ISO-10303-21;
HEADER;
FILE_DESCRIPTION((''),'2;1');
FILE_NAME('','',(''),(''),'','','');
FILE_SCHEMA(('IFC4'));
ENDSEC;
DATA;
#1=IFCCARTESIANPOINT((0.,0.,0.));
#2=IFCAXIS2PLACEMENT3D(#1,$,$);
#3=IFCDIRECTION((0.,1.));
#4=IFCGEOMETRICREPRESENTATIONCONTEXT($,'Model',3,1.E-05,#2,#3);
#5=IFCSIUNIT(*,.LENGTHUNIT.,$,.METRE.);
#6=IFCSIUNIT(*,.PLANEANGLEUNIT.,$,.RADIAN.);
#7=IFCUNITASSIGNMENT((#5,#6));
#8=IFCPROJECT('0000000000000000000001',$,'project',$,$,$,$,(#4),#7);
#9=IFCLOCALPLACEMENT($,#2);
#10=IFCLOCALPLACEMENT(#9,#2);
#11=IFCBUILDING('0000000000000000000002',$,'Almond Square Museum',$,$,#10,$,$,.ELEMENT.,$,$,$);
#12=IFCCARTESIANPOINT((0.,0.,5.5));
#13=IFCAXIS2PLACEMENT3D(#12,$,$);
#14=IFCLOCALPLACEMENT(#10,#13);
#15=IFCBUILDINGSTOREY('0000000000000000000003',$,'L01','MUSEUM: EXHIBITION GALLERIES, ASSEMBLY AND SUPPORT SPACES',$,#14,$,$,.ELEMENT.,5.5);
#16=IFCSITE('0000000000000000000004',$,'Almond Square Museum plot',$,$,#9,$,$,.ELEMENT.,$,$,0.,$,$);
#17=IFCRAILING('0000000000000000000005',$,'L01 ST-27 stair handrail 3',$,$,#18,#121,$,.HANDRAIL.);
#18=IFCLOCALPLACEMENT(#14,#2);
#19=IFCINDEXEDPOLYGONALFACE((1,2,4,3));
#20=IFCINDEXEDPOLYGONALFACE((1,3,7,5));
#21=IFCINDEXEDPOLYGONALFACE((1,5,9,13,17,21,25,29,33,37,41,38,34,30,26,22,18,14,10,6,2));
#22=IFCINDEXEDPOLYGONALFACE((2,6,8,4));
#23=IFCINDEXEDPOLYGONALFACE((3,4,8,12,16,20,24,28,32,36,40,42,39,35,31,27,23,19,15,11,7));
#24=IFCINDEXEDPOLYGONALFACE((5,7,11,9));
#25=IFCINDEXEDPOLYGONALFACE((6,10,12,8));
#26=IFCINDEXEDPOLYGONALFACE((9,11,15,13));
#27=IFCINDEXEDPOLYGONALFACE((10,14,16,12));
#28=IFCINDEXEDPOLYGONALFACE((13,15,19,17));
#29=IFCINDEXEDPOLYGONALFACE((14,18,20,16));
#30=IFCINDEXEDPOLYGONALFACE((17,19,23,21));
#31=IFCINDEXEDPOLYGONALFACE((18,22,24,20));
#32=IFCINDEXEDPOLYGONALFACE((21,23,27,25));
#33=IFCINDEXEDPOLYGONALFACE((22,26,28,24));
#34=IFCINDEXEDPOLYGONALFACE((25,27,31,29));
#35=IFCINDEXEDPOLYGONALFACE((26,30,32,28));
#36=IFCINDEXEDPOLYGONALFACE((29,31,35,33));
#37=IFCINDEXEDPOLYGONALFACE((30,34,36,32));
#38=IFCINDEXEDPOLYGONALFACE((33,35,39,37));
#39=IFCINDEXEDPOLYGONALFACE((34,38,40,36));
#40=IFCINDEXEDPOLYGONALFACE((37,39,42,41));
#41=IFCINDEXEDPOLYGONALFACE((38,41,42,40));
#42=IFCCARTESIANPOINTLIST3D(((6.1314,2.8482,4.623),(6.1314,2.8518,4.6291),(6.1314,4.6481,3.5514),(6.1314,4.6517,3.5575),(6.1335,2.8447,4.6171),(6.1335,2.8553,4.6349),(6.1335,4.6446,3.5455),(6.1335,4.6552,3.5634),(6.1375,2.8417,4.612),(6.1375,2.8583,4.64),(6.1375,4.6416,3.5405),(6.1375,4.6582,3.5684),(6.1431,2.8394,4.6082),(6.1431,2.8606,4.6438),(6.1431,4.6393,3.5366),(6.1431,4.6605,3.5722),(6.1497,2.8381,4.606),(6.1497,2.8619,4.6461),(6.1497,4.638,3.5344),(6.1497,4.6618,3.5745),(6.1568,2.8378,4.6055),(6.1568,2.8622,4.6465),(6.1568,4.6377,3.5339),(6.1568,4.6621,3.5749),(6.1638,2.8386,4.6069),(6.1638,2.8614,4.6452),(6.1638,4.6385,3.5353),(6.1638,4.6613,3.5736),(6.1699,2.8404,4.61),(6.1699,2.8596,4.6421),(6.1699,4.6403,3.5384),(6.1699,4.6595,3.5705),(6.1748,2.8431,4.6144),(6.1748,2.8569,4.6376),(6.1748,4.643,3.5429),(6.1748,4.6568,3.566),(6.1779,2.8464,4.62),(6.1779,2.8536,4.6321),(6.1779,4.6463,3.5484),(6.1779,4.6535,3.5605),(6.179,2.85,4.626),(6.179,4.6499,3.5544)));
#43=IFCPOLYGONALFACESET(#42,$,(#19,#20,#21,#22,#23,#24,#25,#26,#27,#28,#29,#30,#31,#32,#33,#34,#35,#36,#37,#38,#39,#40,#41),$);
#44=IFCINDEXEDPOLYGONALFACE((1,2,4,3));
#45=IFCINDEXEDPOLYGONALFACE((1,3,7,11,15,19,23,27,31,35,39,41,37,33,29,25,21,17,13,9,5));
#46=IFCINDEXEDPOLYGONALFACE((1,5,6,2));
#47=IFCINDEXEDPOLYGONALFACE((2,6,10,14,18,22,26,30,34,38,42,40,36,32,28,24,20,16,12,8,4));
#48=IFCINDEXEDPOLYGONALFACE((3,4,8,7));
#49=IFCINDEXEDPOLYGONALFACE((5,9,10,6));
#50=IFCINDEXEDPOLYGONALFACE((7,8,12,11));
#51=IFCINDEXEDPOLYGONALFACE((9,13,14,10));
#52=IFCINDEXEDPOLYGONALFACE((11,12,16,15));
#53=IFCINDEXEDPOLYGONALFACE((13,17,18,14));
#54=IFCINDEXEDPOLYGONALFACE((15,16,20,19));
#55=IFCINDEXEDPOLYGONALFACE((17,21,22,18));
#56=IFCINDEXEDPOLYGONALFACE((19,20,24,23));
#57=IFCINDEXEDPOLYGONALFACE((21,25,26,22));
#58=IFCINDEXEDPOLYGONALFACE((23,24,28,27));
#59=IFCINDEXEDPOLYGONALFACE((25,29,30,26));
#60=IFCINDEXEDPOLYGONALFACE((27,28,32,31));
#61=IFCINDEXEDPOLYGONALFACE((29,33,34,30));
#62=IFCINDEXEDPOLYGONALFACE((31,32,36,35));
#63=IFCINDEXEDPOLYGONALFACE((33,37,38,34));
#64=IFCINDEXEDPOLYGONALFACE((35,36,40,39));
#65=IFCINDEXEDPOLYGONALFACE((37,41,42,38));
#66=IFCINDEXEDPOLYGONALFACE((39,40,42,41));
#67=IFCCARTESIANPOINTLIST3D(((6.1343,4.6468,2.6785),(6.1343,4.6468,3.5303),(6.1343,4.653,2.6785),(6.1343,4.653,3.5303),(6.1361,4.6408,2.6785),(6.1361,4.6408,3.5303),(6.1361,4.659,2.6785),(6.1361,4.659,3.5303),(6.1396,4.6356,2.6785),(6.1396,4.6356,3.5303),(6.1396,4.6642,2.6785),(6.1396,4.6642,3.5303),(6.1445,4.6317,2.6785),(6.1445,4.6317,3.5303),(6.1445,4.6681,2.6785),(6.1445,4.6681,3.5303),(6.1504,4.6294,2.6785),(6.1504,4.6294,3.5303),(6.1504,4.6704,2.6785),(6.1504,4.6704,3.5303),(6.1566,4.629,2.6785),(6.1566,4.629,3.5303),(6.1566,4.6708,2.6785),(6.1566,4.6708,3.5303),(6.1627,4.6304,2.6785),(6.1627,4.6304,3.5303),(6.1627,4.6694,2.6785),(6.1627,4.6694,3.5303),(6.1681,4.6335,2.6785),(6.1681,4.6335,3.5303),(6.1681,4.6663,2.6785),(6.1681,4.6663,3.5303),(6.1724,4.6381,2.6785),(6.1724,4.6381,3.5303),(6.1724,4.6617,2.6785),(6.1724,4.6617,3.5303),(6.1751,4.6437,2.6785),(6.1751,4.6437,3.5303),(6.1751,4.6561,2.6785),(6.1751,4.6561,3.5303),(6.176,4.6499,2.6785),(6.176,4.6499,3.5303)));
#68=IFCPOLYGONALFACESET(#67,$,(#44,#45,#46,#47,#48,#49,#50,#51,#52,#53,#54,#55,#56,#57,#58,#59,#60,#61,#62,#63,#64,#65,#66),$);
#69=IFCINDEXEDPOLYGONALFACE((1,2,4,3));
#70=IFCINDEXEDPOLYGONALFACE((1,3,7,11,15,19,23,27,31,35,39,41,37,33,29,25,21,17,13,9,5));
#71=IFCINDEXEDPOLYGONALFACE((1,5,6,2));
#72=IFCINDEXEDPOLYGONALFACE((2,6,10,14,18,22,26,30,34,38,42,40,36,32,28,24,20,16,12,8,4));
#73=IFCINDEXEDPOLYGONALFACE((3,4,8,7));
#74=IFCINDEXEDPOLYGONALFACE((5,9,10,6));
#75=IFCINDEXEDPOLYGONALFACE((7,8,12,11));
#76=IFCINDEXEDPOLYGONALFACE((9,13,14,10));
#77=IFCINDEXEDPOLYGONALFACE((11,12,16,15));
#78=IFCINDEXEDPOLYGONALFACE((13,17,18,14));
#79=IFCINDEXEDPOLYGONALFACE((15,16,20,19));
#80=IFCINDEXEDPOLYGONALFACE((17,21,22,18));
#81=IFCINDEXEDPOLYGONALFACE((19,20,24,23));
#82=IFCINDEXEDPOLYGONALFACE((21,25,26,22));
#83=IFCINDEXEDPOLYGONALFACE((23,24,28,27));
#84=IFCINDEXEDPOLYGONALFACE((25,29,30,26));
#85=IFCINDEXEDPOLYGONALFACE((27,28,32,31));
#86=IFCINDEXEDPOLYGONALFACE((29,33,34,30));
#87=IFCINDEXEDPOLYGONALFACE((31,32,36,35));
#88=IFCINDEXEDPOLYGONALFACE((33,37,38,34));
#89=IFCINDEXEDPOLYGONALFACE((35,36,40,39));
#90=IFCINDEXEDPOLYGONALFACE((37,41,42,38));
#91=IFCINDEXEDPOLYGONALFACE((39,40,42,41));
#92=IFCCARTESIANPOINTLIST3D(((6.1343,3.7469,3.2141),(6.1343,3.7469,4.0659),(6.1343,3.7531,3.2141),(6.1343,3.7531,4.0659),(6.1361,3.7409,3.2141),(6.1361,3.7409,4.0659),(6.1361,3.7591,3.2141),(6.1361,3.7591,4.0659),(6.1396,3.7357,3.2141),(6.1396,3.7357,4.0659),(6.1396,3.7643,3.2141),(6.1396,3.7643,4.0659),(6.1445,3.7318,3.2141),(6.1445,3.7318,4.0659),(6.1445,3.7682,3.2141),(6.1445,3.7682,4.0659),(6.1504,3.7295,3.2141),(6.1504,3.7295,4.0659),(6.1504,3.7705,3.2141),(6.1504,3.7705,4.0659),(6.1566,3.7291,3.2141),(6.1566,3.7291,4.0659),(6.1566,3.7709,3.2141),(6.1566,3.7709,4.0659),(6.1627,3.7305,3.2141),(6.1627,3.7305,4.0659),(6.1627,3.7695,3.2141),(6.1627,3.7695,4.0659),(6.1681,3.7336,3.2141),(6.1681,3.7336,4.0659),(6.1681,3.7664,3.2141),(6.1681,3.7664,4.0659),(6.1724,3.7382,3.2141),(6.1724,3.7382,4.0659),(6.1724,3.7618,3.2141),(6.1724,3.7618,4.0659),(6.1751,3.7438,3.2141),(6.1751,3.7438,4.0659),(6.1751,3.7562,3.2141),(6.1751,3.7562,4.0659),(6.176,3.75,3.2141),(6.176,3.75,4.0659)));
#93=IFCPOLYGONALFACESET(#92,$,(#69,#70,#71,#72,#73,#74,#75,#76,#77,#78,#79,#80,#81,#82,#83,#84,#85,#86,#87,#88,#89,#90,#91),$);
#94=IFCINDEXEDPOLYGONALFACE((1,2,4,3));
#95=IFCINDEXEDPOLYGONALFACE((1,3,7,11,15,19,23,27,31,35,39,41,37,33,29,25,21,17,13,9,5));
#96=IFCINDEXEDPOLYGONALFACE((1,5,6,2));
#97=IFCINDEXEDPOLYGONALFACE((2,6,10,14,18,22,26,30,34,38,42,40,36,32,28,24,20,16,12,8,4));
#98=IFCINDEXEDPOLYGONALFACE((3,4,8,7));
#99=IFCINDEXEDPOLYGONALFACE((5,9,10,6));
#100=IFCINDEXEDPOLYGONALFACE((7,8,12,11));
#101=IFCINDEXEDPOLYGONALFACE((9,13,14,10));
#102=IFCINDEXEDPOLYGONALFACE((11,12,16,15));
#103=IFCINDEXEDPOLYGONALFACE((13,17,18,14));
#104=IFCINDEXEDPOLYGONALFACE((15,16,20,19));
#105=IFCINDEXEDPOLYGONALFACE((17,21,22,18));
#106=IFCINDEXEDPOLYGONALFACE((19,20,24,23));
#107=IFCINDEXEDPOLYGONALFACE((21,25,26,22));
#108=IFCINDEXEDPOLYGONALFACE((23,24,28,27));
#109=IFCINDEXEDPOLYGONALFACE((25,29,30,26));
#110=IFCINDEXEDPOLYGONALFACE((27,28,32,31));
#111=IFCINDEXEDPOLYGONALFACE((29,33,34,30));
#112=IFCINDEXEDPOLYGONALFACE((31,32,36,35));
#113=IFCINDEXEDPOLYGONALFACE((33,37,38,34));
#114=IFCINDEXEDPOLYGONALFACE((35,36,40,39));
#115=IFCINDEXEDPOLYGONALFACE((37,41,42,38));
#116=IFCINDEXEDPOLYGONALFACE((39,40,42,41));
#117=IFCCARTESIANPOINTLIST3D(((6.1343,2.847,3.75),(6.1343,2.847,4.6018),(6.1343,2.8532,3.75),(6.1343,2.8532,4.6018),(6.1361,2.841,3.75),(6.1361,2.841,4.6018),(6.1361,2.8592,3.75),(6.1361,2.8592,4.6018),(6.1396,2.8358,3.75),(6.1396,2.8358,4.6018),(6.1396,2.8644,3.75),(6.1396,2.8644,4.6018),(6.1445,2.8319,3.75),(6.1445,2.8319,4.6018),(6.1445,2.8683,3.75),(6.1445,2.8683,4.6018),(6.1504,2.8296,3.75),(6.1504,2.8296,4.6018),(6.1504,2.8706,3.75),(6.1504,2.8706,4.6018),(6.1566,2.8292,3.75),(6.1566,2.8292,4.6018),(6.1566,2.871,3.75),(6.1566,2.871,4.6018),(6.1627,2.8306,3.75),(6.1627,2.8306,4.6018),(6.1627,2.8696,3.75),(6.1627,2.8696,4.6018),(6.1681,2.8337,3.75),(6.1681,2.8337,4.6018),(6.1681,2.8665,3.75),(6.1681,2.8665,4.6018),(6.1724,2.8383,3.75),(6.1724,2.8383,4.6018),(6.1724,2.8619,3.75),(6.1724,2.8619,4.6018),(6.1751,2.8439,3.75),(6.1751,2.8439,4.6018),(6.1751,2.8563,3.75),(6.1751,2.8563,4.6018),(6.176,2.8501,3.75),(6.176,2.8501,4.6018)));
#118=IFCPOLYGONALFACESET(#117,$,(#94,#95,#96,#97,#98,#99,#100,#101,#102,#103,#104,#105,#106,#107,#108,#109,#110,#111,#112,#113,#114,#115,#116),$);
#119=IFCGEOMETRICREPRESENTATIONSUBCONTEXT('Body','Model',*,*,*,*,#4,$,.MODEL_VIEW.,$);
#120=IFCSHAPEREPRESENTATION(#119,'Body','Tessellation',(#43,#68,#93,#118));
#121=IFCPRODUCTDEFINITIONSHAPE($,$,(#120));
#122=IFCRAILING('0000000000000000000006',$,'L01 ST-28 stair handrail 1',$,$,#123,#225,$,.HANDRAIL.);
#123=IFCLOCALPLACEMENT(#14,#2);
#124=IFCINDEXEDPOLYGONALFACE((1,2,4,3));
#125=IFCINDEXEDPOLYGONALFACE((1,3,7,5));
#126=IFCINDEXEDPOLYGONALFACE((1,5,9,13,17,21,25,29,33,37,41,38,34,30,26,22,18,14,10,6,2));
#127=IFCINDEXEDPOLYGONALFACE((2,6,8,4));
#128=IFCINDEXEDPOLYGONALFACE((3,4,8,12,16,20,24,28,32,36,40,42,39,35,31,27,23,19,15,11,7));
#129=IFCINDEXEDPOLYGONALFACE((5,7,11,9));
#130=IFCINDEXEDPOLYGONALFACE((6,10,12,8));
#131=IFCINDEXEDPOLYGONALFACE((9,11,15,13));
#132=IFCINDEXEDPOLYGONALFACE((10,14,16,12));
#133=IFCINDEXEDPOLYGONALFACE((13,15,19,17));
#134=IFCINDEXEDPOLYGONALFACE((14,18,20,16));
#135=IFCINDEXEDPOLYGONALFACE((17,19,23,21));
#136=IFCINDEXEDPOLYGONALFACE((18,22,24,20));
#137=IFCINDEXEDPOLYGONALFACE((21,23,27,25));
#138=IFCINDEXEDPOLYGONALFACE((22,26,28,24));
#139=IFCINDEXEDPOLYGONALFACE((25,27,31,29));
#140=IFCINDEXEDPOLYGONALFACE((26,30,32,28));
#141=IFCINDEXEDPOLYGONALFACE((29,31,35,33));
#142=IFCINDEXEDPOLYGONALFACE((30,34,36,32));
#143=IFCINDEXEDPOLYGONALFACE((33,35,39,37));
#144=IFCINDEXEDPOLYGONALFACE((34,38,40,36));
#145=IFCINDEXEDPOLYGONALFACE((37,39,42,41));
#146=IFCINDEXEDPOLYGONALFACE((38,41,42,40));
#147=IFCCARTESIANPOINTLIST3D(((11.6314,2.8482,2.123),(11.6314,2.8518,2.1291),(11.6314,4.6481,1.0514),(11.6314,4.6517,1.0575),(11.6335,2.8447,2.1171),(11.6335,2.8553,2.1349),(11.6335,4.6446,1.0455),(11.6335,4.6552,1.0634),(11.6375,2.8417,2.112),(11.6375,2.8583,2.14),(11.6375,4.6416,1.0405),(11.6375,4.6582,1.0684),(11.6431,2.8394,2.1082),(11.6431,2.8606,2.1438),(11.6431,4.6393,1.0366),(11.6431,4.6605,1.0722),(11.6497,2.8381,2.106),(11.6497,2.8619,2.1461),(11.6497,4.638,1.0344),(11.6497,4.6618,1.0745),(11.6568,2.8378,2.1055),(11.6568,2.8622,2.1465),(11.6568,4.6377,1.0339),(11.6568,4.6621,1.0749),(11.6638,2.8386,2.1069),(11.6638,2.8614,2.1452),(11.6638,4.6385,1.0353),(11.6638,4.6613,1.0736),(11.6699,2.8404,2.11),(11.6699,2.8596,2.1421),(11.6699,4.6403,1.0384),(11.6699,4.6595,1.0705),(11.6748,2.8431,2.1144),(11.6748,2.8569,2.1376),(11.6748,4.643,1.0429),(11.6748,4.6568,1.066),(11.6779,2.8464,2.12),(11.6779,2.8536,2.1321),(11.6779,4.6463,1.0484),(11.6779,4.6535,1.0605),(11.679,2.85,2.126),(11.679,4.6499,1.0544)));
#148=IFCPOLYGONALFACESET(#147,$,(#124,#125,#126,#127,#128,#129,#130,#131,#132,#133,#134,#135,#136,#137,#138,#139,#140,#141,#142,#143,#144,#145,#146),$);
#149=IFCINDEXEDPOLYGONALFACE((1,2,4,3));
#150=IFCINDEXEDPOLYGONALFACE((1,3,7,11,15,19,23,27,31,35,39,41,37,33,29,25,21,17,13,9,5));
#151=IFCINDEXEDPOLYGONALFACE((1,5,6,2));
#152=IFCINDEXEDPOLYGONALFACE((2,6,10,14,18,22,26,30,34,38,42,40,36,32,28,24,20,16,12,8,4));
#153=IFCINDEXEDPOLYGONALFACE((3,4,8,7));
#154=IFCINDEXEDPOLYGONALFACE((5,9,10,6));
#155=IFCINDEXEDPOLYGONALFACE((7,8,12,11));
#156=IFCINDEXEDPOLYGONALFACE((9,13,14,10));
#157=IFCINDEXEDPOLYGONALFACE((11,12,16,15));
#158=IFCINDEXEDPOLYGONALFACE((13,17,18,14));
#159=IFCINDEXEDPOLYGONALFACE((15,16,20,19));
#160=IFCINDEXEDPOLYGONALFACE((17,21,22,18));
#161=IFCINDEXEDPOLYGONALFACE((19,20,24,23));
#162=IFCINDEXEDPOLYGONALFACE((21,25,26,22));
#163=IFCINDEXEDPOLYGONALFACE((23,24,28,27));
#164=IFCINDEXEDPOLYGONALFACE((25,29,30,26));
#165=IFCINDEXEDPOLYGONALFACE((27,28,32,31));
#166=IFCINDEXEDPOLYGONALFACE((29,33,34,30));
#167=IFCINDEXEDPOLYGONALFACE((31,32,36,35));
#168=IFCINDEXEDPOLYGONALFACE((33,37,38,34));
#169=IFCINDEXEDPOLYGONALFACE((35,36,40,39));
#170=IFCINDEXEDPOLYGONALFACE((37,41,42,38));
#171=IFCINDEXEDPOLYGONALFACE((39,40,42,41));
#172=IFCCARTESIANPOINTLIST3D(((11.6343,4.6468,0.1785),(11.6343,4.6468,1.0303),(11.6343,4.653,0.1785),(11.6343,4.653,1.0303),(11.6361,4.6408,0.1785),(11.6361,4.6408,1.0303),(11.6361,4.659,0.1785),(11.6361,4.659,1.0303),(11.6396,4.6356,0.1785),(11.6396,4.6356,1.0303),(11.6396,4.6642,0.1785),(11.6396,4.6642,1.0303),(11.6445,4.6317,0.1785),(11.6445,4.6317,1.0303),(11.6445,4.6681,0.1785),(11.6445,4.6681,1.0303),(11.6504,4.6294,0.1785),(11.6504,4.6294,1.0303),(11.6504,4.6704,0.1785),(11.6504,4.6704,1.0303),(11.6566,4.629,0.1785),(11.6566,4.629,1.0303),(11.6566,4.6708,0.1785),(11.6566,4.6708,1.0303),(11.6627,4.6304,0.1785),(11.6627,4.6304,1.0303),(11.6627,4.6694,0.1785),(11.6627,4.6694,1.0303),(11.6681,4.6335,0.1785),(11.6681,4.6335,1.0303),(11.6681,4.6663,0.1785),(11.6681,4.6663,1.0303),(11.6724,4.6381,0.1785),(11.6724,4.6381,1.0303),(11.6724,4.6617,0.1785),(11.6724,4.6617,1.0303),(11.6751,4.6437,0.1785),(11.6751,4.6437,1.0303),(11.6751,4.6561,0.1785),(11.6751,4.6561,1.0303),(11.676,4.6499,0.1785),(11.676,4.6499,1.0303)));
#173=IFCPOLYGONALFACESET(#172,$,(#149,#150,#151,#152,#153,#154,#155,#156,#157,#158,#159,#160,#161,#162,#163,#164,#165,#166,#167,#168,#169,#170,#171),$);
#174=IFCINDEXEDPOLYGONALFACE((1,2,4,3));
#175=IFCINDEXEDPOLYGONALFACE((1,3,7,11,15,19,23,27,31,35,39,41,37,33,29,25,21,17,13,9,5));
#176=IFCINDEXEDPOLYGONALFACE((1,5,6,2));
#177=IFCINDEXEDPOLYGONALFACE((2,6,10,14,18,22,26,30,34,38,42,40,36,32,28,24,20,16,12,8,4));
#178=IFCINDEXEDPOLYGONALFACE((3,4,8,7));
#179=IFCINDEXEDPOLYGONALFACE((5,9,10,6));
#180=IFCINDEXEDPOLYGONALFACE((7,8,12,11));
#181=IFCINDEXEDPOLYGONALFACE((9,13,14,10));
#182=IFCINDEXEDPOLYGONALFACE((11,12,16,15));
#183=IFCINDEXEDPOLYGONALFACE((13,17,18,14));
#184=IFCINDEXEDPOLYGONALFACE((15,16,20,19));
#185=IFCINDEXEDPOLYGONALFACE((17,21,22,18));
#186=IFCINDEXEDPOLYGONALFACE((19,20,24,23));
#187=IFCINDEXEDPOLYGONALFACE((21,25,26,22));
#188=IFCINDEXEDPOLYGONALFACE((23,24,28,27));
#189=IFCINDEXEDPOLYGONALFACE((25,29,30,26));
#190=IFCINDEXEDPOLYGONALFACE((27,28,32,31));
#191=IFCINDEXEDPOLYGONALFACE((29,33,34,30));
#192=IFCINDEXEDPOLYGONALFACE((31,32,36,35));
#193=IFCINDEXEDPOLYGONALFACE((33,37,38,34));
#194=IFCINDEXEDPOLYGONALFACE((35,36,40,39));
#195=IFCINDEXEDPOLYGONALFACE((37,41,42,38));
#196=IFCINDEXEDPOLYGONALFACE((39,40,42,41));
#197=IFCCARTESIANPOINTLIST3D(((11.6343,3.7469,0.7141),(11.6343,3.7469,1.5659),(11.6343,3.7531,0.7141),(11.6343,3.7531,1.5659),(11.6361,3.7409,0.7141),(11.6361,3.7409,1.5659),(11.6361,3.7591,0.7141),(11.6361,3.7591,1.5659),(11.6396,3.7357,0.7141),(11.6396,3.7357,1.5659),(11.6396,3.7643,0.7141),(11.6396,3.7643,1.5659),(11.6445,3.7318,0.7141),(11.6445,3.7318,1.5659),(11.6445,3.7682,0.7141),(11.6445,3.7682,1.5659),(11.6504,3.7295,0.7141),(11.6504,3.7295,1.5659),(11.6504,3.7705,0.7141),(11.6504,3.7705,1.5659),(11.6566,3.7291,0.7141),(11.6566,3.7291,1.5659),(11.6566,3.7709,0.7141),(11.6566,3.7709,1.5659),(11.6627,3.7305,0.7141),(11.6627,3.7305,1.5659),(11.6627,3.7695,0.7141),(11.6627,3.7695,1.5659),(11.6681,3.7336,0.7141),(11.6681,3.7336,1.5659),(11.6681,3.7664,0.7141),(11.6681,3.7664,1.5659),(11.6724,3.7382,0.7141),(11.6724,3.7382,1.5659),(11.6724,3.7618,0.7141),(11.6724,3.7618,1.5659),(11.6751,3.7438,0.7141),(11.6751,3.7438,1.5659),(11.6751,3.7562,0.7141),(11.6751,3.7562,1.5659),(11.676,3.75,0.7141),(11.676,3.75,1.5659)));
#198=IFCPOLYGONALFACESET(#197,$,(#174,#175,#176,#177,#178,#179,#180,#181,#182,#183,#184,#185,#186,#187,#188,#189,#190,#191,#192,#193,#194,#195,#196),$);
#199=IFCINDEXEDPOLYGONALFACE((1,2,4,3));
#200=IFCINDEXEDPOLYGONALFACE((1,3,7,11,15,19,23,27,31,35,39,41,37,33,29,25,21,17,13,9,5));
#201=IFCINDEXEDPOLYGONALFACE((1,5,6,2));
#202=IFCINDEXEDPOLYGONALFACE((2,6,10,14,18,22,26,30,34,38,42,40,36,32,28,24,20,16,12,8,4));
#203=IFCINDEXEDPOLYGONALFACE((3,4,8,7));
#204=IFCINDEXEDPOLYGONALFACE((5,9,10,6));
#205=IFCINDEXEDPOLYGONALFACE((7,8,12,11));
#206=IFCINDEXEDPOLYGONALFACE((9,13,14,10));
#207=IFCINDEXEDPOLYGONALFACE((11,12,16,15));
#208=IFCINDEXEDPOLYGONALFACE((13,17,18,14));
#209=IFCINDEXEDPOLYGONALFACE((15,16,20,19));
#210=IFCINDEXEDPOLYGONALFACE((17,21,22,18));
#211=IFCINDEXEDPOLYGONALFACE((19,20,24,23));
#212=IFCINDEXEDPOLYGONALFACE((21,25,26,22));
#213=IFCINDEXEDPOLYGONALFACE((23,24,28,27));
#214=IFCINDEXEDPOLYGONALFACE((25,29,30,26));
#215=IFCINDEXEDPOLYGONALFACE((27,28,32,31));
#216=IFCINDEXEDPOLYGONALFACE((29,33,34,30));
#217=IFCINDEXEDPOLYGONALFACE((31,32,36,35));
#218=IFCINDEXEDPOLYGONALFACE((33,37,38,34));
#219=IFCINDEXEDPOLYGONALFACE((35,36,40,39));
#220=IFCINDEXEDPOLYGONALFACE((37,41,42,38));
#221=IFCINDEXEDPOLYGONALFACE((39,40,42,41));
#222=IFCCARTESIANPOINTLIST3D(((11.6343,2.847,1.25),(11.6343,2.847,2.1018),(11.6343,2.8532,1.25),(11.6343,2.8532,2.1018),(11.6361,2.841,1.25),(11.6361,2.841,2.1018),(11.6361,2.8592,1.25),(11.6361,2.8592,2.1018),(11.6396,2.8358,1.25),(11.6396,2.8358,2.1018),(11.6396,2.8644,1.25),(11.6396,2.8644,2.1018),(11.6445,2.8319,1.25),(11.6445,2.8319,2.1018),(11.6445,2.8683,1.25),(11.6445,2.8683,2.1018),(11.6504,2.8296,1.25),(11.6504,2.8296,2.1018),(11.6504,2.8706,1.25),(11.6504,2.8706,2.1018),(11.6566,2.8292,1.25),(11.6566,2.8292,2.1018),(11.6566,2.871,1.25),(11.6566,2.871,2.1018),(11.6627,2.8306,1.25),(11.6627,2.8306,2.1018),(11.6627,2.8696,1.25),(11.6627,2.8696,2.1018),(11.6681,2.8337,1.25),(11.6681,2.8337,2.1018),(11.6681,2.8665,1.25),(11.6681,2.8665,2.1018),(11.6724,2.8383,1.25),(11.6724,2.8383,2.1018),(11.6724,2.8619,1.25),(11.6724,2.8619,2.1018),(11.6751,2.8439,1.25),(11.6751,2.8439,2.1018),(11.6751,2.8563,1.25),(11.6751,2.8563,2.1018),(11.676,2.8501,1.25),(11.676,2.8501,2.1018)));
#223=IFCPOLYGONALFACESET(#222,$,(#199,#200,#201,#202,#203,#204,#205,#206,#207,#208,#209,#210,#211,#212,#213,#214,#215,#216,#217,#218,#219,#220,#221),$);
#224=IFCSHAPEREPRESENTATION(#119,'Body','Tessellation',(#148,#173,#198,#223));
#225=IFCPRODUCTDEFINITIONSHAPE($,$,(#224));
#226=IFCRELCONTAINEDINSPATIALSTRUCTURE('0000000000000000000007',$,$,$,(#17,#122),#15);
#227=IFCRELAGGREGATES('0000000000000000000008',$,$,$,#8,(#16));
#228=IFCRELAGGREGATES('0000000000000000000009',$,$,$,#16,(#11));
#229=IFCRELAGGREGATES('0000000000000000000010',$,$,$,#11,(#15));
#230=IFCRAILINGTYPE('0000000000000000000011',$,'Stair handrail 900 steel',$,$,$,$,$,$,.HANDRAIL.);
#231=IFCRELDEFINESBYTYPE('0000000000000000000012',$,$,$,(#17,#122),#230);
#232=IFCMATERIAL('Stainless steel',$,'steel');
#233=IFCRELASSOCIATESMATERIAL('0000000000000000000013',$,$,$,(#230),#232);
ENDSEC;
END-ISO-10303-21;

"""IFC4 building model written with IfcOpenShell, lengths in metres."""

from ifc_helpers import new_model, si_unit, direction, frame, origin, origin_2d, place, context, subcontext, project, spatial, circle, extrude, material, type_object, element, save


model = new_model("IFC4")

# Units and contexts
model_context = context("Model", 3, precision=1e-05, world=origin(), true_north=direction((0.0, 1.0)))
body_context = subcontext(model_context, "Body", "Model", "MODEL_VIEW")
ifc_project = project(units=[si_unit("LENGTHUNIT", "METRE"), si_unit("PLANEANGLEUNIT", "RADIAN")], contexts=[model_context])

# Site, building, storey
site_placement = place(None, origin())
site = spatial("IfcSite", under=ifc_project, at=site_placement, Name="Almond Square Museum plot", CompositionType="ELEMENT", RefElevation=0.0)
building_placement = place(site_placement, origin())
building = spatial("IfcBuilding", under=site, at=building_placement, Name="Almond Square Museum", CompositionType="ELEMENT")
storey_placement = place(building_placement, frame((0.0, 0.0, 5.5)))
storey = spatial("IfcBuildingStorey", under=building, at=storey_placement, Name="L01", Description="MUSEUM: EXHIBITION GALLERIES, ASSEMBLY AND SUPPORT SPACES", CompositionType="ELEMENT", Elevation=5.5)

# Railings
ifc_material_1 = material(Name="Stainless steel", Category="steel")
railing_type_1 = type_object("IfcRailingType", Name="Stair handrail 900 steel", PredefinedType="HANDRAIL", material=ifc_material_1)
for number, where, name in (
    (1, (6.155, 4.6499, 2.6785), "L01 ST-27 stair handrail 3"),
    (2, (11.655, 4.6499, 0.1785), "L01 ST-28 stair handrail 1"),
):
    element("IfcRailing", number, at=place(storey_placement, frame(where)), inside=storey, type_object=railing_type_1, Name=name, PredefinedType="HANDRAIL", context=body_context, shape_type="SweptSolid", body=[
        extrude(circle(Radius=0.0239, at=origin_2d()), frame((0.0, 0.0, 0.876), z_axis=(0.0, -0.859247, 0.511562), x_axis=(1.0, 0.0, 0.0)), (0.0, 0.0, 1.0), 2.0947),
        extrude(circle(Radius=0.021, at=origin_2d()), origin(), (0.0, 0.0, 1.0), 0.8518),
        extrude(circle(Radius=0.021, at=origin_2d()), frame((0.0, -0.8999, 0.5356)), (0.0, 0.0, 1.0), 0.8518),
        extrude(circle(Radius=0.021, at=origin_2d()), frame((0.0, -1.7998, 1.0715)), (0.0, 0.0, 1.0), 0.8518),
    ])

save(model, "model.ifc")
